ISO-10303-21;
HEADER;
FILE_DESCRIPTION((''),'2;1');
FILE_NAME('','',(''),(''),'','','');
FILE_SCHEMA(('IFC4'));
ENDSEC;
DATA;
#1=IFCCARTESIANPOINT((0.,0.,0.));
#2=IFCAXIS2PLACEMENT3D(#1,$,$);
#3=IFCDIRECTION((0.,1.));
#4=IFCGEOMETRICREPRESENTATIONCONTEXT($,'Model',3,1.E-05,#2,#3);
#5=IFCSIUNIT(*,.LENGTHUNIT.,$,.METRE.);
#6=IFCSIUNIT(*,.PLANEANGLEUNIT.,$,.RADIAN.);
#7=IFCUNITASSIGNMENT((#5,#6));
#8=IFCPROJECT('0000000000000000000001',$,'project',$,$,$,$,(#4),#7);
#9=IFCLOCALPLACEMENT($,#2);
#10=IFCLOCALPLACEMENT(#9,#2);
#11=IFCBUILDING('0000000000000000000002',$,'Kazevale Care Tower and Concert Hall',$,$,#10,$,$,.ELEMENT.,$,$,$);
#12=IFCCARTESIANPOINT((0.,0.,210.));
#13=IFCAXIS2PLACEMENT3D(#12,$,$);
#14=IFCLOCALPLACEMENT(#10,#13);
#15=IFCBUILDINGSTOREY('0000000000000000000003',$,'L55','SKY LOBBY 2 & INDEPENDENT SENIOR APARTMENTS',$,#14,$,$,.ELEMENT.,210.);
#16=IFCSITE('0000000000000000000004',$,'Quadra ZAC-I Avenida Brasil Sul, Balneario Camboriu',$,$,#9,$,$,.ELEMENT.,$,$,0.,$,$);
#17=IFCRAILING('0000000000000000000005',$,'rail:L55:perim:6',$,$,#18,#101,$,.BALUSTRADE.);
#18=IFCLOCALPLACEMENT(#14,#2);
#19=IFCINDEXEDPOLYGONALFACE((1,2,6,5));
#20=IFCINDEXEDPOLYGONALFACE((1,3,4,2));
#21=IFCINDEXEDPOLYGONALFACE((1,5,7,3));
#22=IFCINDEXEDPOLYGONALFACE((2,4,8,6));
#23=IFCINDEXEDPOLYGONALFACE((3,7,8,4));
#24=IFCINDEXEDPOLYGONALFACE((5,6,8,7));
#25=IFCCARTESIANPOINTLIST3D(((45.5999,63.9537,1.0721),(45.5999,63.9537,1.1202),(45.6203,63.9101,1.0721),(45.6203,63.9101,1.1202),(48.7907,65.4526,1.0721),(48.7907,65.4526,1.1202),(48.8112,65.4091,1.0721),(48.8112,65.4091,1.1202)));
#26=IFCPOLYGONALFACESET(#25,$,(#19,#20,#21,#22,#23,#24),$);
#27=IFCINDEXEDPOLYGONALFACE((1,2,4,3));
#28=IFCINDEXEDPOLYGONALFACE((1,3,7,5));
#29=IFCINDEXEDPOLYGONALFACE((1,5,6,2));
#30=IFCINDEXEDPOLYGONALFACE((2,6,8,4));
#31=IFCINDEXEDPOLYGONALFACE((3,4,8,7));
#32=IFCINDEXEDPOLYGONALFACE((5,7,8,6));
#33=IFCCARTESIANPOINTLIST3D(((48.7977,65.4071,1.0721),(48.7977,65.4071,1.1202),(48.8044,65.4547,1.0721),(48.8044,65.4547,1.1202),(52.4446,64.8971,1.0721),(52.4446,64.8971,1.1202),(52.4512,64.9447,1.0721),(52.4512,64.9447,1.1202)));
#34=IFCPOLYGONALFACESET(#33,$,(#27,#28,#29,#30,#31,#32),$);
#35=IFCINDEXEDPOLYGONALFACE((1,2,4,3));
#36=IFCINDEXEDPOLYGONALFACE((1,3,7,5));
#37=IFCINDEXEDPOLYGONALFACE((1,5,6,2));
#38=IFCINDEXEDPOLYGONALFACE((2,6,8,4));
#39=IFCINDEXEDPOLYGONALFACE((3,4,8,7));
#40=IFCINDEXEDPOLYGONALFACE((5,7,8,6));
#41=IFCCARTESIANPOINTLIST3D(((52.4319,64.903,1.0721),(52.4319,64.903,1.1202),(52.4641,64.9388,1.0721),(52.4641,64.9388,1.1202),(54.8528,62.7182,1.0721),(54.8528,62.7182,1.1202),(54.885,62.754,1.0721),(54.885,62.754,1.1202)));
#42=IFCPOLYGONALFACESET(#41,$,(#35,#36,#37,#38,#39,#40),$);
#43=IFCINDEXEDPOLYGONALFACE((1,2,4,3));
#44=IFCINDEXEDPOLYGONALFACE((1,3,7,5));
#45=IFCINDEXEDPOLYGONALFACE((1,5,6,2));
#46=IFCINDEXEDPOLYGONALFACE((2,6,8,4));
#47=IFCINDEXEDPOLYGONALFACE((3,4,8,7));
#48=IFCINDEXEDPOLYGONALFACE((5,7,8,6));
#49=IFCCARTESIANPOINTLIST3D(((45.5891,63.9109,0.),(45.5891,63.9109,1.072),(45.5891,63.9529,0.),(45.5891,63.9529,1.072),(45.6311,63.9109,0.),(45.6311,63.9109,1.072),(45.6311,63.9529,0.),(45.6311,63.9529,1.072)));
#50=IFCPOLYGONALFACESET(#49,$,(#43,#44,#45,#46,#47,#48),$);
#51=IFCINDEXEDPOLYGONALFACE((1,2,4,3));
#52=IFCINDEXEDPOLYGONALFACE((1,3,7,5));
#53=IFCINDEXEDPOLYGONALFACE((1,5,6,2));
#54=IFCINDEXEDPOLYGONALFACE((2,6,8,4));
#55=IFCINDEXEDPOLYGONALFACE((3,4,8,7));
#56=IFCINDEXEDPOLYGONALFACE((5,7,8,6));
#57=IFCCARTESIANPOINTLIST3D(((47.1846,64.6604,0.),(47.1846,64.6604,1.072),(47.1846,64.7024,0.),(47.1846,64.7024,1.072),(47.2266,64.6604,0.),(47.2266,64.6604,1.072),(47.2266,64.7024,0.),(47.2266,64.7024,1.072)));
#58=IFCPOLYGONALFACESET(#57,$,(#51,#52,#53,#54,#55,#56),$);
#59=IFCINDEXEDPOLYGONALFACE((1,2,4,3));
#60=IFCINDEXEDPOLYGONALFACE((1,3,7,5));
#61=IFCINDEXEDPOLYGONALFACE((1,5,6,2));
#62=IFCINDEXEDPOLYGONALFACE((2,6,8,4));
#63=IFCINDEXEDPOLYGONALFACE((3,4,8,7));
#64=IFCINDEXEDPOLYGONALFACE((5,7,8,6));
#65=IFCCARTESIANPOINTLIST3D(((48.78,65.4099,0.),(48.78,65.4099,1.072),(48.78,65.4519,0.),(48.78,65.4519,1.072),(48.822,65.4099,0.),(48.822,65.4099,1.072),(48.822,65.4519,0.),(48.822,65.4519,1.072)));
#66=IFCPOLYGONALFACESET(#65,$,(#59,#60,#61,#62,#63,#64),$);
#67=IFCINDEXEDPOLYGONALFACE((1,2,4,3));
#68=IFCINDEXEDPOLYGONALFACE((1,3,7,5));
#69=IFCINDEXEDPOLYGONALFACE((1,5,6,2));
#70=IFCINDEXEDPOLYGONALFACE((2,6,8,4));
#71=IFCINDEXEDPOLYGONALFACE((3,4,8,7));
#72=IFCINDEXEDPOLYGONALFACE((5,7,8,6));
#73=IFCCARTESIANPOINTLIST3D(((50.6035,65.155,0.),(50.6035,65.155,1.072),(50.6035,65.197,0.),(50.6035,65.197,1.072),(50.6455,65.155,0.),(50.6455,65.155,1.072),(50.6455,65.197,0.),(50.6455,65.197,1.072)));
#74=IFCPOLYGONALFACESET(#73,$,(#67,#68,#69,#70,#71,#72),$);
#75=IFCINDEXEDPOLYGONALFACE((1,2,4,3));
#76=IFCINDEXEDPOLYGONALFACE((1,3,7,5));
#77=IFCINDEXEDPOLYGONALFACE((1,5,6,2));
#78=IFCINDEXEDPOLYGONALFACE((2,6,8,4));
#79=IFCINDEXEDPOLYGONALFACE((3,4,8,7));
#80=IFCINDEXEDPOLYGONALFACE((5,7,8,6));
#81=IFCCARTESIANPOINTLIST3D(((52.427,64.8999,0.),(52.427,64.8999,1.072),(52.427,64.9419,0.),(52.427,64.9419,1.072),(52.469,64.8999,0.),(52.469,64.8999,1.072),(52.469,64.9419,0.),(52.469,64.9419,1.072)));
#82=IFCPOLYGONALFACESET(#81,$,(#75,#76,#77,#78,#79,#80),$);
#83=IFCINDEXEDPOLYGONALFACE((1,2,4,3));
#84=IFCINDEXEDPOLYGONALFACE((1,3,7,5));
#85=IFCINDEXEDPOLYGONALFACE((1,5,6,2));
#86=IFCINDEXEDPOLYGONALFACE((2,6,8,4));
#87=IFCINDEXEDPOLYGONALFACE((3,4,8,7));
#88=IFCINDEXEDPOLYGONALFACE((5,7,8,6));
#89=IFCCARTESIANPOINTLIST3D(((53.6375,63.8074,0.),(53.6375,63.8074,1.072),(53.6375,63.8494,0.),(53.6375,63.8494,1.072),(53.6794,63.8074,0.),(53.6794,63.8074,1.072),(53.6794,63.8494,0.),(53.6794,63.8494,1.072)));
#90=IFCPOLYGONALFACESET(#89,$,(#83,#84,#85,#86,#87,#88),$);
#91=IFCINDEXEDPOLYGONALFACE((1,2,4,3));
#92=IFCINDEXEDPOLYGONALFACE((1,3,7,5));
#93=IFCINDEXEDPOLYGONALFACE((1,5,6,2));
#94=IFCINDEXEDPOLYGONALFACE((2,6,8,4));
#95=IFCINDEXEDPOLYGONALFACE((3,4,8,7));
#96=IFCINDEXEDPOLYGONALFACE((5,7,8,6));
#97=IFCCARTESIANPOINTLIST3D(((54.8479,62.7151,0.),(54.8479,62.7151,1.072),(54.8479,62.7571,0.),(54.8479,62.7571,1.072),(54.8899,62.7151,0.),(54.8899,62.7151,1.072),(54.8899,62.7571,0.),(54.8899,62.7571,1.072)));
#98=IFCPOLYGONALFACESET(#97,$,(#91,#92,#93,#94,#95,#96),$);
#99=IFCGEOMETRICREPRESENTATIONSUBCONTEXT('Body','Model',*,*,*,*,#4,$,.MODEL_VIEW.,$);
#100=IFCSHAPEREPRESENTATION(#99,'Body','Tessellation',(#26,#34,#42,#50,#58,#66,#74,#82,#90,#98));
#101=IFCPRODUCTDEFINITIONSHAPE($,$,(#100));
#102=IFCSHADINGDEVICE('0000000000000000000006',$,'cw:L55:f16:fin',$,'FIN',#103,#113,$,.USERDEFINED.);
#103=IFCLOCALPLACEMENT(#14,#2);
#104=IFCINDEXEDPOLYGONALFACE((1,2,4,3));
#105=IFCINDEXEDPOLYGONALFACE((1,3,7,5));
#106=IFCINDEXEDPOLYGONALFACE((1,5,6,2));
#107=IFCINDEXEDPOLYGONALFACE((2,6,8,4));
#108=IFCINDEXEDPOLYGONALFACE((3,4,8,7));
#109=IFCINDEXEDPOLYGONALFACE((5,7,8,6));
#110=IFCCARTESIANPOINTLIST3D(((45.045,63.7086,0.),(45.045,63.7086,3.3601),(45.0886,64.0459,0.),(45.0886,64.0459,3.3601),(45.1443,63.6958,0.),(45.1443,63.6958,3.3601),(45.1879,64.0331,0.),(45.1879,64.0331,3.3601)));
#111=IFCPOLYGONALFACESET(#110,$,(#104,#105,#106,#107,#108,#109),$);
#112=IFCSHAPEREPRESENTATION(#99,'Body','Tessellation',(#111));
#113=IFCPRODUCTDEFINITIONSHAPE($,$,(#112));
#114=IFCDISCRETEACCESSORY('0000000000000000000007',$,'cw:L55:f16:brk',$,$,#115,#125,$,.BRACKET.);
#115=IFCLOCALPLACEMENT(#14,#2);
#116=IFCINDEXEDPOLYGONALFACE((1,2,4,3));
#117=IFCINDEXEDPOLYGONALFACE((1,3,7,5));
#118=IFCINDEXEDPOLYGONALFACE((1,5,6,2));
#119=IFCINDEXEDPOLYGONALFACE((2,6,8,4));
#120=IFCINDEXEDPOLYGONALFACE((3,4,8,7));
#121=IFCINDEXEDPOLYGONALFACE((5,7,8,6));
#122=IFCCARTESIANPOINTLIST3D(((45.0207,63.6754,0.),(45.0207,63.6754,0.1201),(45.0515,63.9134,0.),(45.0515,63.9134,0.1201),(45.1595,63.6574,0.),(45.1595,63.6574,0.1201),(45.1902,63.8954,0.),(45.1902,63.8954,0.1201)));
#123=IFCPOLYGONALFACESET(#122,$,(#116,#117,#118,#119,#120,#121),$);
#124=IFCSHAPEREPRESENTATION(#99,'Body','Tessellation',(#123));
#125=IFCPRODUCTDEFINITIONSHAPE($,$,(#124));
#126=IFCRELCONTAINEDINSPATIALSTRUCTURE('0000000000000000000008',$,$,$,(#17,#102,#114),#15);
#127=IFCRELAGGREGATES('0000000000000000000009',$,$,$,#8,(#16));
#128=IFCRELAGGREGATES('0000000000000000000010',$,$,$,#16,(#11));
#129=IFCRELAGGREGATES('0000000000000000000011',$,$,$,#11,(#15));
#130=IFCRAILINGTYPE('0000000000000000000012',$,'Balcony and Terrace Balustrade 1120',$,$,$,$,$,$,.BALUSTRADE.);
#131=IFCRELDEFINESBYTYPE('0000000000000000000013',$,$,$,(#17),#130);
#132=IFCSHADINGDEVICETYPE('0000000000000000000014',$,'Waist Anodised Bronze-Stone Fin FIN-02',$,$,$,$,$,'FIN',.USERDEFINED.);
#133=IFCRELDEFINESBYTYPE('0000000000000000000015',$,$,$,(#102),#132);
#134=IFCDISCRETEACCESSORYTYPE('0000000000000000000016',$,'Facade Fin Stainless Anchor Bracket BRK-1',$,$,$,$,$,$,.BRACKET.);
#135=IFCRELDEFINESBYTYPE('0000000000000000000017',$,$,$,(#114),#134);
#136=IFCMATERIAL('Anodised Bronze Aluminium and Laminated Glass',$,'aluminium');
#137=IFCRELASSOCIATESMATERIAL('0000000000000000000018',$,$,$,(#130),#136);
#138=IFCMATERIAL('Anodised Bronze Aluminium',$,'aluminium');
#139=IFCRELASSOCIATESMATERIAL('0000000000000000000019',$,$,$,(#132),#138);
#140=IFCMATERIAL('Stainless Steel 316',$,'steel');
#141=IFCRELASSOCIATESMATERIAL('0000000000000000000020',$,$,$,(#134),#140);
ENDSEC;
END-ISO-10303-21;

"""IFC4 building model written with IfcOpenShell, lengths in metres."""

from ifc_helpers import new_model, si_unit, direction, frame, origin, origin_2d, place, context, subcontext, project, spatial, rectangle, extrude, material, type_object, element, save


model = new_model("IFC4")

# Units and contexts
model_context = context("Model", 3, precision=1e-05, world=origin(), true_north=direction((0.0, 1.0)))
body_context = subcontext(model_context, "Body", "Model", "MODEL_VIEW")
ifc_project = project(units=[si_unit("LENGTHUNIT", "METRE"), si_unit("PLANEANGLEUNIT", "RADIAN")], contexts=[model_context])

# Site, building, storey
site_placement = place(None, origin())
site = spatial("IfcSite", under=ifc_project, at=site_placement, Name="Quadra ZAC-I Avenida Brasil Sul, Balneario Camboriu", CompositionType="ELEMENT", RefElevation=0.0)
building_placement = place(site_placement, origin())
building = spatial("IfcBuilding", under=site, at=building_placement, Name="Kazevale Care Tower and Concert Hall", CompositionType="ELEMENT")
storey_placement = place(building_placement, frame((0.0, 0.0, 210.0)))
storey = spatial("IfcBuildingStorey", under=building, at=storey_placement, Name="L55", Description="SKY LOBBY 2 & INDEPENDENT SENIOR APARTMENTS", CompositionType="ELEMENT", Elevation=210.0)

# Railing
ifc_material_1 = material(Name="Anodised Bronze Aluminium and Laminated Glass", Category="aluminium")
railing_type = type_object("IfcRailingType", Name="Balcony and Terrace Balustrade 1120", PredefinedType="BALUSTRADE", material=ifc_material_1)
railing_placement = place(storey_placement, frame((45.6101, 63.9319, 0.0)))
element("IfcRailing", 1, at=railing_placement, inside=storey, type_object=railing_type, Name="rail:L55:perim:6", PredefinedType="BALUSTRADE", context=body_context, shape_type="SweptSolid", body=[
    extrude(rectangle(XDim=0.0481, YDim=0.0481, at=origin_2d()), frame((0.0, 0.0, 1.0962), z_axis=(0.905101, 0.425197, 0.0), x_axis=(-0.425197, 0.905101, 0.0)), (0.0, 0.0, 1.0), 3.5254),
    extrude(rectangle(XDim=0.0481, YDim=0.0481, at=origin_2d()), frame((3.1909, 1.499, 1.0962), z_axis=(0.990363, -0.138497, 0.0), x_axis=(0.138497, 0.990363, 0.0)), (0.0, 0.0, 1.0), 3.6824),
    extrude(rectangle(XDim=0.0481, YDim=0.0481, at=origin_2d()), frame((6.8379, 0.989, 1.0962), z_axis=(0.742378, -0.669982, 0.0), x_axis=(0.669982, 0.742378, 0.0)), (0.0, 0.0, 1.0), 3.261),
    extrude(rectangle(XDim=0.042, YDim=0.042, at=origin_2d()), origin(), (0.0, 0.0, 1.0), 1.072),
    extrude(rectangle(XDim=0.042, YDim=0.042, at=origin_2d()), frame((1.5955, 0.7495, 0.0)), (0.0, 0.0, 1.0), 1.072),
    extrude(rectangle(XDim=0.042, YDim=0.042, at=origin_2d()), frame((3.1909, 1.499, 0.0)), (0.0, 0.0, 1.0), 1.072),
    extrude(rectangle(XDim=0.042, YDim=0.042, at=origin_2d()), frame((5.0144, 1.2441, 0.0)), (0.0, 0.0, 1.0), 1.072),
    extrude(rectangle(XDim=0.042, YDim=0.042, at=origin_2d()), frame((6.8379, 0.989, 0.0)), (0.0, 0.0, 1.0), 1.072),
    extrude(rectangle(XDim=0.042, YDim=0.042, at=origin_2d()), frame((8.0483, -0.1035, 0.0)), (0.0, 0.0, 1.0), 1.072),
    extrude(rectangle(XDim=0.042, YDim=0.042, at=origin_2d()), frame((9.2588, -1.1958, 0.0)), (0.0, 0.0, 1.0), 1.072),
])

# Shading device
ifc_material_2 = material(Name="Anodised Bronze Aluminium", Category="aluminium")
shading_device_type = type_object("IfcShadingDeviceType", Name="Waist Anodised Bronze-Stone Fin FIN-02", ElementType="FIN", PredefinedType="USERDEFINED", material=ifc_material_2)
shading_device_placement = place(storey_placement, frame((45.1165, 63.8708, 0.0), z_axis=(0.0, 0.0, 1.0), x_axis=(0.128103, 0.991761, 0.0)))
element("IfcShadingDevice", 2, at=shading_device_placement, inside=storey, type_object=shading_device_type, Name="cw:L55:f16:fin", ObjectType="FIN", PredefinedType="USERDEFINED", context=body_context, shape_type="SweptSolid", body=[
    extrude(rectangle(XDim=0.3401, YDim=0.1001, at=origin_2d()), origin(), (0.0, 0.0, 1.0), 3.3601),
])

# Discrete accessory
ifc_material_3 = material(Name="Stainless Steel 316", Category="steel")
discrete_accessory_type = type_object("IfcDiscreteAccessoryType", Name="Facade Fin Stainless Anchor Bracket BRK-1", PredefinedType="BRACKET", material=ifc_material_3)
discrete_accessory_placement = place(storey_placement, frame((45.1055, 63.7854, 0.0), z_axis=(0.0, 0.0, 1.0), x_axis=(0.128103, 0.991761, 0.0)))
element("IfcDiscreteAccessory", 3, at=discrete_accessory_placement, inside=storey, type_object=discrete_accessory_type, Name="cw:L55:f16:brk", PredefinedType="BRACKET", context=body_context, shape_type="SweptSolid", body=[
    extrude(rectangle(XDim=0.24, YDim=0.1399, at=origin_2d()), origin(), (0.0, 0.0, 1.0), 0.1201),
])

save(model, "model.ifc")
